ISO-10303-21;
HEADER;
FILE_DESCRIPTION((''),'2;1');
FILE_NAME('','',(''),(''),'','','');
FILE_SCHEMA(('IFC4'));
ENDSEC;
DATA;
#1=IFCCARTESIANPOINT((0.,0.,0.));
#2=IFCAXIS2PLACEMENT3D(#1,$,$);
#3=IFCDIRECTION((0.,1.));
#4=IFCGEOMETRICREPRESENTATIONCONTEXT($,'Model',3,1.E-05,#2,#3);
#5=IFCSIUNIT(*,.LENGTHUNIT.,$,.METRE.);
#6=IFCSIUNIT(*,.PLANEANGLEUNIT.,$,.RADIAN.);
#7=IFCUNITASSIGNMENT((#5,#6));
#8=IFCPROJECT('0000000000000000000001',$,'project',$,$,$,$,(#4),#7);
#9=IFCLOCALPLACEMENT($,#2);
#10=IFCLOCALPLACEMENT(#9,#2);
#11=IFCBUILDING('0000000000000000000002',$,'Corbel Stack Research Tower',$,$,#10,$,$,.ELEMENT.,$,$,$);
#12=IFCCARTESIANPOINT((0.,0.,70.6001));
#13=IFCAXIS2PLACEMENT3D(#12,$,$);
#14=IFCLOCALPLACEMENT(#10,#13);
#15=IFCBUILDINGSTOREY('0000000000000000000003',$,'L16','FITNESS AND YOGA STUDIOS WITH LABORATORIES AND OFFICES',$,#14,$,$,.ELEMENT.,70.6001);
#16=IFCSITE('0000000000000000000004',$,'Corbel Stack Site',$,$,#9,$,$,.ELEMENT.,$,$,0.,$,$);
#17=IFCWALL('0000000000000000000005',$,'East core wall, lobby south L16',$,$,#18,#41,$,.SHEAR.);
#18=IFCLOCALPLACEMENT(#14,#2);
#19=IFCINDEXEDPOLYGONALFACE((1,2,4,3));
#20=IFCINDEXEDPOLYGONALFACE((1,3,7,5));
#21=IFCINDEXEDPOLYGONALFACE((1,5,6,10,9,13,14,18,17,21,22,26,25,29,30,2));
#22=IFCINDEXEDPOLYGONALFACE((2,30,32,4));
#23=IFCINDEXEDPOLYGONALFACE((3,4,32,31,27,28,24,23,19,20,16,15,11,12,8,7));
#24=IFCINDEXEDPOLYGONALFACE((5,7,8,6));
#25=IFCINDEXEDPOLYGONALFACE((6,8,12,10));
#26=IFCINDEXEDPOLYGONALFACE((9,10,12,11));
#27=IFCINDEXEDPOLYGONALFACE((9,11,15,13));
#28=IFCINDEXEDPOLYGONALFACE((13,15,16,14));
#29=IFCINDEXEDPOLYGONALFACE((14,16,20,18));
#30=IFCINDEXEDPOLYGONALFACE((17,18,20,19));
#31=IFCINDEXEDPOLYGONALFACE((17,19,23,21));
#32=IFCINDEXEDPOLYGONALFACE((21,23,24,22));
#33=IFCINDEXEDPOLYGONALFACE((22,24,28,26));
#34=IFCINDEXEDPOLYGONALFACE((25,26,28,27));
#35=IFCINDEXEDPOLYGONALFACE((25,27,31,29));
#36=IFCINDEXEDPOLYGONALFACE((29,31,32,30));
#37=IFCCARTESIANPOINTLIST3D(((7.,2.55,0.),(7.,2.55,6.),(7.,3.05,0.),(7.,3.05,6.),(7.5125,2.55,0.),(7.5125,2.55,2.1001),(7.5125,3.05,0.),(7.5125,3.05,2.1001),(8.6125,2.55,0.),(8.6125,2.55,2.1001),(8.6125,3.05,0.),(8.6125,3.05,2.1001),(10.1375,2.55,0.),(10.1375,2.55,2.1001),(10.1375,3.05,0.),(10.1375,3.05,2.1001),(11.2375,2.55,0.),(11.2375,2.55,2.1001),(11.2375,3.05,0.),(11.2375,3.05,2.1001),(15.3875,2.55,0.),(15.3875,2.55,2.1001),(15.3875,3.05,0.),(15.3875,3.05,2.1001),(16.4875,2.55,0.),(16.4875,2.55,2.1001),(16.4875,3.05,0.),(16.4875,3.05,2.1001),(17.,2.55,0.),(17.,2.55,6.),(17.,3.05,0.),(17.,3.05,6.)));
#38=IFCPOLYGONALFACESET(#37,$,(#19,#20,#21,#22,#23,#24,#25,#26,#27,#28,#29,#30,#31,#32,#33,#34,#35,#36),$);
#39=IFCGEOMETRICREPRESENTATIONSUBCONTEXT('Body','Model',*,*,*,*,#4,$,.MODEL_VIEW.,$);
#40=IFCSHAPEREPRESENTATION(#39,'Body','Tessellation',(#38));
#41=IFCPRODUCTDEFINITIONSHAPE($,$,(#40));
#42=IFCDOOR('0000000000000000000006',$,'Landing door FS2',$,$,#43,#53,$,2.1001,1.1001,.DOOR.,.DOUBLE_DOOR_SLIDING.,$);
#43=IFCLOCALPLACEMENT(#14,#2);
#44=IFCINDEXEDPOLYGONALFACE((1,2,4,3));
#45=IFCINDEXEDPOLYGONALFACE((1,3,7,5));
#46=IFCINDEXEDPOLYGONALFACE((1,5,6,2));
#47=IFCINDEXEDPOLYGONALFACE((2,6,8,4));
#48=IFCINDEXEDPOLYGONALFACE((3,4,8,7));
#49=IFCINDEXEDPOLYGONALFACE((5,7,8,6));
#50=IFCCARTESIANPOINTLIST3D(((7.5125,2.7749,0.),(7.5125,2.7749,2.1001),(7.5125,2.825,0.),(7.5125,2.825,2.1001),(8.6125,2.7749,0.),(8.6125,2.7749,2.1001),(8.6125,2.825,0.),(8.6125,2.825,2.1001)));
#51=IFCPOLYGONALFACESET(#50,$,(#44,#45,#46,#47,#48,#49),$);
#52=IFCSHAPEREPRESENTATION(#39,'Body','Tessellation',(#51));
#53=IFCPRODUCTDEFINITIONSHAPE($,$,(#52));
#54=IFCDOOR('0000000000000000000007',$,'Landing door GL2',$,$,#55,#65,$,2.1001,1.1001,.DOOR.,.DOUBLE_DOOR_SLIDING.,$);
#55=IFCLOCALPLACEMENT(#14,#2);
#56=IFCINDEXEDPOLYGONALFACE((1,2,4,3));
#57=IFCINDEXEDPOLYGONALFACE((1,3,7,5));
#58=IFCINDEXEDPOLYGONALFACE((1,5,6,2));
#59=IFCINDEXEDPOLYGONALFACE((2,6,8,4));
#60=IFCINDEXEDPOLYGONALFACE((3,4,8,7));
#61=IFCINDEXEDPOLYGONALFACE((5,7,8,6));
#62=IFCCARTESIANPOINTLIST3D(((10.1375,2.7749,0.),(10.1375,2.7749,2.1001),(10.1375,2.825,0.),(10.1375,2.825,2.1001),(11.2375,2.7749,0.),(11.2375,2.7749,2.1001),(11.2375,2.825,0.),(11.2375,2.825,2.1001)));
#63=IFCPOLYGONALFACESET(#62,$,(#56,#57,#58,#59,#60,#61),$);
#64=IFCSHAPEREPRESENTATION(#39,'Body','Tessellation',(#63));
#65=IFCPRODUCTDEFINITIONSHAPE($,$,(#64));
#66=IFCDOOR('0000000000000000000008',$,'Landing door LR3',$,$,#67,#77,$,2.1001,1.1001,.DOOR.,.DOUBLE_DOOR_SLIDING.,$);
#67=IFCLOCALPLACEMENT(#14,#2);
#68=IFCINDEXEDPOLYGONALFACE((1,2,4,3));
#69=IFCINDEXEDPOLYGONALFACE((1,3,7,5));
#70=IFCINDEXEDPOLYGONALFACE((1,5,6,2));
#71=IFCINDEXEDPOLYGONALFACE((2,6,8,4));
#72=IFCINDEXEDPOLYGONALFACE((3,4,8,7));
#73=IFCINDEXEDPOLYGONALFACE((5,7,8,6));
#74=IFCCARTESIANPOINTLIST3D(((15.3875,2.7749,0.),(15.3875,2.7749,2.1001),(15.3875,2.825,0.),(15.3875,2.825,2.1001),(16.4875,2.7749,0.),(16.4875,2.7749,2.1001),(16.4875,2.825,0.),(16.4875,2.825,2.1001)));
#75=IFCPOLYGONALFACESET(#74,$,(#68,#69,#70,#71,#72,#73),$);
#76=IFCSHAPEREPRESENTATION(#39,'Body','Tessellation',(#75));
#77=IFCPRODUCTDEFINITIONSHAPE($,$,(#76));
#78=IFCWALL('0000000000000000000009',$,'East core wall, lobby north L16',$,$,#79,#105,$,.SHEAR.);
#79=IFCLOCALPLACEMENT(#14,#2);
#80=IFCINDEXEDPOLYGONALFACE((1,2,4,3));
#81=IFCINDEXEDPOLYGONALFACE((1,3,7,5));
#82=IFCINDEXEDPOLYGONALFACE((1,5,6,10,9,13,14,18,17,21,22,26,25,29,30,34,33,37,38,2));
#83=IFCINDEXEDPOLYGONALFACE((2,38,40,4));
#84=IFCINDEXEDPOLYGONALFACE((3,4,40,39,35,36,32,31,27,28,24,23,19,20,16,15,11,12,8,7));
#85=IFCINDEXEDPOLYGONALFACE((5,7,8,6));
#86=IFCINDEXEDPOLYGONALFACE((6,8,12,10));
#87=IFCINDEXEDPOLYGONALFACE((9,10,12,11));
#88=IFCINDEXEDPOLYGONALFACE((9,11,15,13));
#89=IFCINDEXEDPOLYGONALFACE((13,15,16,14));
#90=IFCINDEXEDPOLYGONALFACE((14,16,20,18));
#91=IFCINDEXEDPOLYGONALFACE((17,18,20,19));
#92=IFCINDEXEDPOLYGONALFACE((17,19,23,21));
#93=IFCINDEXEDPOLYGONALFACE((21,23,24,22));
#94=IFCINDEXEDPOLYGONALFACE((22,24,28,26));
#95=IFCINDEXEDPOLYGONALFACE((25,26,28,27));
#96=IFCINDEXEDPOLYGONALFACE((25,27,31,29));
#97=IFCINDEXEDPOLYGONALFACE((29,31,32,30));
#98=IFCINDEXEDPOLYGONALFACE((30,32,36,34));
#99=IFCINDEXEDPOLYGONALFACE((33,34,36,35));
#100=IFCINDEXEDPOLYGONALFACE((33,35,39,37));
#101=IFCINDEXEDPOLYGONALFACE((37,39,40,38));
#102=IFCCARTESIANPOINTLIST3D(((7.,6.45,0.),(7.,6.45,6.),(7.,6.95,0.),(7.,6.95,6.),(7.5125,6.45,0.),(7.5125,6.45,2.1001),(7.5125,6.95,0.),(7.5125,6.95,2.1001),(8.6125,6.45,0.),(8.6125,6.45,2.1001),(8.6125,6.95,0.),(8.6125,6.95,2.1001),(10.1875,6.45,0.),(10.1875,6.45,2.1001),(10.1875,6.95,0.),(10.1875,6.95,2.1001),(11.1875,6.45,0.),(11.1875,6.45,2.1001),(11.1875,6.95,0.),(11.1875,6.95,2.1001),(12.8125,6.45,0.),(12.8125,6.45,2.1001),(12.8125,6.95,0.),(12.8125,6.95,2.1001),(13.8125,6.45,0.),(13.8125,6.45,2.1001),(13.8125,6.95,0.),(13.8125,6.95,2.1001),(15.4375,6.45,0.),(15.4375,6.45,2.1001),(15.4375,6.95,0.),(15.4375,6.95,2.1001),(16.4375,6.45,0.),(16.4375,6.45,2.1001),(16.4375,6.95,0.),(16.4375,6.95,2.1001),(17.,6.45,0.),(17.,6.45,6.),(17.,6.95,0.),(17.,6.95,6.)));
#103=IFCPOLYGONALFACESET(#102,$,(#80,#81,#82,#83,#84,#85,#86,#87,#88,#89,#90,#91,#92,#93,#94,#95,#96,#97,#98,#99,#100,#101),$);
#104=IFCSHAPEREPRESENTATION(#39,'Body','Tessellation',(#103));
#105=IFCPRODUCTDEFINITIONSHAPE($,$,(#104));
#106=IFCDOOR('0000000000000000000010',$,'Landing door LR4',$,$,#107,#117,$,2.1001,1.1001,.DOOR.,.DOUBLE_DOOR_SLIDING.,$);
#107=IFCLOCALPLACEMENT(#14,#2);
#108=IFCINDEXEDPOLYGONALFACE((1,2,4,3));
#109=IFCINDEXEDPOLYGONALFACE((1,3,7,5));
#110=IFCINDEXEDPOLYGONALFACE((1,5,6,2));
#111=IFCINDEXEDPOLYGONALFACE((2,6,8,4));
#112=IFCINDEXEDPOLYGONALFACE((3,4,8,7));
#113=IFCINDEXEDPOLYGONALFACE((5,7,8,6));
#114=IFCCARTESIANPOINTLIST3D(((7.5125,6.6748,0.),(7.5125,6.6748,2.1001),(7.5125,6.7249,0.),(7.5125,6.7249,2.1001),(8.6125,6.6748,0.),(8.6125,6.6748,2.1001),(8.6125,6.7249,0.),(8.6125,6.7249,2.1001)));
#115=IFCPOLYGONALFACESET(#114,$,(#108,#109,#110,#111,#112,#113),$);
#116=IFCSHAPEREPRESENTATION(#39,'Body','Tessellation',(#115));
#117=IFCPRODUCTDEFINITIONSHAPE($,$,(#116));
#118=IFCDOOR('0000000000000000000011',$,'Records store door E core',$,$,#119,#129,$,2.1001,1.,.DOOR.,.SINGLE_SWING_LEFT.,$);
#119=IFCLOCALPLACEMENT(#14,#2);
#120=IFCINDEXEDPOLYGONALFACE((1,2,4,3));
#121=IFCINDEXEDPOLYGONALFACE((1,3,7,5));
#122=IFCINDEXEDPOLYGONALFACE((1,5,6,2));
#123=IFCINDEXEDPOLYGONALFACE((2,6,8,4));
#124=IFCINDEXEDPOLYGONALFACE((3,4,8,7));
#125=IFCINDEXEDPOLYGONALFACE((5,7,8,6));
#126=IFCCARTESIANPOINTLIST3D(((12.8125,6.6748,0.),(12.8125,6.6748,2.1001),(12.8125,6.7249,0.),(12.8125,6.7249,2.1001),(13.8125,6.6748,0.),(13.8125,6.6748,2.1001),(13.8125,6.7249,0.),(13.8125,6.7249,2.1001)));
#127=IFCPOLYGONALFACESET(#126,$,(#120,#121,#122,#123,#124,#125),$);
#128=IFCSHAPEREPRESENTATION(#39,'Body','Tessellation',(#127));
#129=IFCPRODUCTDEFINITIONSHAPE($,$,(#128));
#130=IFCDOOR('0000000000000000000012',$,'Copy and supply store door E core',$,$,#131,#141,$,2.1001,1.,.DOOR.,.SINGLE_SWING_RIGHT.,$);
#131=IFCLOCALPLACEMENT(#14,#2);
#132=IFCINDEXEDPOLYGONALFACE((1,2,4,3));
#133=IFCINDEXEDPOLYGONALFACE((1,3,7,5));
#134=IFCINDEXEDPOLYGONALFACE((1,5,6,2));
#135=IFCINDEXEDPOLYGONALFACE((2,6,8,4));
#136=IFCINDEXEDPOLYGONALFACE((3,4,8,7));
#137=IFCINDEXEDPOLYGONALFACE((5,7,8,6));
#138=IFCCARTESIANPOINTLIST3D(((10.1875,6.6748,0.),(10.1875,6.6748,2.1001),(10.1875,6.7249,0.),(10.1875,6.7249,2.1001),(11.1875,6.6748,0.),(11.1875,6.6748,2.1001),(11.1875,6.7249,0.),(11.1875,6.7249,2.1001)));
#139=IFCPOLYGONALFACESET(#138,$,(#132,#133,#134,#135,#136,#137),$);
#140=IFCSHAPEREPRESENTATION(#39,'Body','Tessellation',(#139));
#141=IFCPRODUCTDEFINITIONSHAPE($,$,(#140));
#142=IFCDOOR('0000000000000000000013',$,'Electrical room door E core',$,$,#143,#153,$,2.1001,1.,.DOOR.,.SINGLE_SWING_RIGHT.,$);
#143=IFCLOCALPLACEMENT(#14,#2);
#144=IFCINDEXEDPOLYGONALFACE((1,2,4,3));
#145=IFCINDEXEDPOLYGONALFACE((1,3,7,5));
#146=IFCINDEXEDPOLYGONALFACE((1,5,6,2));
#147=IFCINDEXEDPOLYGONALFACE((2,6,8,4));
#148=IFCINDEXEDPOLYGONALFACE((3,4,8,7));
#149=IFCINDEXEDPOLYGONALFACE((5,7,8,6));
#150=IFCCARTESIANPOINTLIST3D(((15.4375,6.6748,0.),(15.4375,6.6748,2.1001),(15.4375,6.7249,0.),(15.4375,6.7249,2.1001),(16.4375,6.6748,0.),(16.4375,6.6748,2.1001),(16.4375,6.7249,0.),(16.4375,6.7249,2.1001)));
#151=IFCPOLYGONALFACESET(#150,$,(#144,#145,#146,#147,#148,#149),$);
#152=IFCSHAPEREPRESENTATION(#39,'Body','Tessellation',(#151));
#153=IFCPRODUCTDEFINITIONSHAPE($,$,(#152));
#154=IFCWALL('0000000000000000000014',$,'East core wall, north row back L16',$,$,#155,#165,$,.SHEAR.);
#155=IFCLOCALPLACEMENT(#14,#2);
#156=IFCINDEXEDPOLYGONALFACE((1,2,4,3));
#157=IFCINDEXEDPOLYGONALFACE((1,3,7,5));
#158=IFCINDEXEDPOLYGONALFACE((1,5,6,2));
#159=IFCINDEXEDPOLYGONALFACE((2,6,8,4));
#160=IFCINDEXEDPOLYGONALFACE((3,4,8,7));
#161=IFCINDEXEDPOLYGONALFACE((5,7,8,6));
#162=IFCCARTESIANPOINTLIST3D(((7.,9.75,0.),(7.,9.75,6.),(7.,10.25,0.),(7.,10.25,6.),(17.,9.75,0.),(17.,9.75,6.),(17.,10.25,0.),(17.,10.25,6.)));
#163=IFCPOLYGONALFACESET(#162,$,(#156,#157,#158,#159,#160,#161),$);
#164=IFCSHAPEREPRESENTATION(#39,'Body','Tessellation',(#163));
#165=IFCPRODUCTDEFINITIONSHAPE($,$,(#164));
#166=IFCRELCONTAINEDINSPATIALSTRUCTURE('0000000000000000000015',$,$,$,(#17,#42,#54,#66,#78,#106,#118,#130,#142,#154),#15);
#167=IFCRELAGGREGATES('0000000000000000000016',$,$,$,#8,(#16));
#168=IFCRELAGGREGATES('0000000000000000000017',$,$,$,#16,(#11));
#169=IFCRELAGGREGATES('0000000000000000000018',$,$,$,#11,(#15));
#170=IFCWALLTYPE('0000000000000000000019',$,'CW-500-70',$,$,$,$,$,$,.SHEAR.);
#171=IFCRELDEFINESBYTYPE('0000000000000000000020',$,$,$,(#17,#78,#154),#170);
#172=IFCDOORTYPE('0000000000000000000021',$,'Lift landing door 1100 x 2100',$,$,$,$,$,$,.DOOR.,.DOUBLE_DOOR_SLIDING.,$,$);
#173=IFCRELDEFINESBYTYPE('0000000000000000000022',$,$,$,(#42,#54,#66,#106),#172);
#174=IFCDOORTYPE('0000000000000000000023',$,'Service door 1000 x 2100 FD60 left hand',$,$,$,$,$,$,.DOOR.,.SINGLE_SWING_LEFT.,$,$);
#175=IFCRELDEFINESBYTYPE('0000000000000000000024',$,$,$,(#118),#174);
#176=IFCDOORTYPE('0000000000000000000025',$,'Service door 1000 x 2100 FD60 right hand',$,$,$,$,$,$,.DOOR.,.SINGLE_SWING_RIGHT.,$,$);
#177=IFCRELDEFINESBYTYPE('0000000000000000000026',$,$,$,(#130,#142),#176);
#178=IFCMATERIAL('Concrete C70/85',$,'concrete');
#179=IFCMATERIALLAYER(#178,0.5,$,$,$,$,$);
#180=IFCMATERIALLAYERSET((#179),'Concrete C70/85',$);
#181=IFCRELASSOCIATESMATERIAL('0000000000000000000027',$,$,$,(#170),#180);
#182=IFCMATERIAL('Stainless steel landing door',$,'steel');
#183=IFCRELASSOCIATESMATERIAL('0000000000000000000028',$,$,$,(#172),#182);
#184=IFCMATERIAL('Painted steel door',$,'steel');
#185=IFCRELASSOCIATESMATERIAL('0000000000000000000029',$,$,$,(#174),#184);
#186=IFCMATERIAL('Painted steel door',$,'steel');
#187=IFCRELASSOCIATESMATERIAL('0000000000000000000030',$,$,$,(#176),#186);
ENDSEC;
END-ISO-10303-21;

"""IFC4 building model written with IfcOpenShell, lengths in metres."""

from ifc_helpers import new_model, si_unit, direction, frame, frame_2d, origin, place, context, subcontext, project, spatial, rectangle, extrude, material, layer, layer_set, type_object, element, fill, save


model = new_model("IFC4")

# Units and contexts
model_context = context("Model", 3, precision=1e-05, world=origin(), true_north=direction((0.0, 1.0)))
body_context = subcontext(model_context, "Body", "Model", "MODEL_VIEW")
ifc_project = project(units=[si_unit("LENGTHUNIT", "METRE"), si_unit("PLANEANGLEUNIT", "RADIAN")], contexts=[model_context])

# Site, building, storey
site_placement = place(None, origin())
site = spatial("IfcSite", under=ifc_project, at=site_placement, Name="Corbel Stack Site", CompositionType="ELEMENT", RefElevation=0.0)
building_placement = place(site_placement, origin())
building = spatial("IfcBuilding", under=site, at=building_placement, Name="Corbel Stack Research Tower", CompositionType="ELEMENT")
storey_placement = place(building_placement, frame((0.0, 0.0, 70.6001)))
storey = spatial("IfcBuildingStorey", under=building, at=storey_placement, Name="L16", Description="FITNESS AND YOGA STUDIOS WITH LABORATORIES AND OFFICES", CompositionType="ELEMENT", Elevation=70.6001)

# Walls, openings, doors
ifc_material_1 = material(Name="Concrete C70/85", Category="concrete")
ifc_layer_1 = layer(ifc_material_1, 0.5)
ifc_layer_set_1 = layer_set([ifc_layer_1], Name="Concrete C70/85")
wall_type_1 = type_object("IfcWallType", Name="CW-500-70", PredefinedType="SHEAR", material=ifc_layer_set_1)
wall_1_placement = place(storey_placement, frame((7.0, 2.8, 0.0), z_axis=(0.0, 0.0, 1.0), x_axis=(1.0, 0.0, 0.0)))
wall_1 = element("IfcWall", 1, at=wall_1_placement, inside=storey, type_object=wall_type_1, Name="East core wall, lobby south L16", PredefinedType="SHEAR", context=body_context, shape_type="SweptSolid", body=[
    extrude(rectangle(XDim=10.0, YDim=0.5, at=frame_2d((5.0, 0.0))), origin(), (0.0, 0.0, 1.0), 6.0),
])
opening_1_placement = place(wall_1_placement, frame((0.5125, 0.0, 0.0)))
opening_1 = element("IfcOpeningElement", 2, at=opening_1_placement, cuts=wall_1, PredefinedType="OPENING", context=body_context, shape_type="SweptSolid", body=[
    extrude(rectangle(XDim=1.1001, YDim=2.1001, at=frame_2d((0.55, 1.05))), frame((0.0, 0.26, 0.0), z_axis=(0.0, -1.0, 0.0), x_axis=(1.0, 0.0, 0.0)), (0.0, 0.0, 1.0), 0.52),
])
opening_2_placement = place(wall_1_placement, frame((3.1375, 0.0, 0.0)))
opening_2 = element("IfcOpeningElement", 3, at=opening_2_placement, cuts=wall_1, PredefinedType="OPENING", context=body_context, shape_type="SweptSolid", body=[
    extrude(rectangle(XDim=1.1001, YDim=2.1001, at=frame_2d((0.55, 1.05))), frame((0.0, 0.26, 0.0), z_axis=(0.0, -1.0, 0.0), x_axis=(1.0, 0.0, 0.0)), (0.0, 0.0, 1.0), 0.52),
])
opening_3_placement = place(wall_1_placement, frame((8.3875, 0.0, 0.0)))
opening_3 = element("IfcOpeningElement", 4, at=opening_3_placement, cuts=wall_1, PredefinedType="OPENING", context=body_context, shape_type="SweptSolid", body=[
    extrude(rectangle(XDim=1.1001, YDim=2.1001, at=frame_2d((0.55, 1.05))), frame((0.0, 0.26, 0.0), z_axis=(0.0, -1.0, 0.0), x_axis=(1.0, 0.0, 0.0)), (0.0, 0.0, 1.0), 0.52),
])
ifc_material_2 = material(Name="Stainless steel landing door", Category="steel")
door_type_1 = type_object("IfcDoorType", Name="Lift landing door 1100 x 2100", OperationType="DOUBLE_DOOR_SLIDING", PredefinedType="DOOR", material=ifc_material_2)
door_1_placement = place(opening_1_placement, origin())
door_1 = element("IfcDoor", 5, at=door_1_placement, inside=storey, type_object=door_type_1, Name="Landing door FS2", OperationType="DOUBLE_DOOR_SLIDING", OverallHeight=2.1001, OverallWidth=1.1001, PredefinedType="DOOR", context=body_context, shape_type="SweptSolid", body=[
    extrude(rectangle(XDim=1.1001, YDim=2.1001, at=frame_2d((0.55, 1.05))), frame((0.0, 0.0249, 0.0), z_axis=(0.0, -1.0, 0.0), x_axis=(1.0, 0.0, 0.0)), (0.0, 0.0, 1.0), 0.05),
])
fill(opening_1, door_1)
door_2_placement = place(opening_2_placement, origin())
door_2 = element("IfcDoor", 6, at=door_2_placement, inside=storey, type_object=door_type_1, Name="Landing door GL2", OperationType="DOUBLE_DOOR_SLIDING", OverallHeight=2.1001, OverallWidth=1.1001, PredefinedType="DOOR", context=body_context, shape_type="SweptSolid", body=[
    extrude(rectangle(XDim=1.1001, YDim=2.1001, at=frame_2d((0.55, 1.05))), frame((0.0, 0.0249, 0.0), z_axis=(0.0, -1.0, 0.0), x_axis=(1.0, 0.0, 0.0)), (0.0, 0.0, 1.0), 0.05),
])
fill(opening_2, door_2)
door_3_placement = place(opening_3_placement, origin())
door_3 = element("IfcDoor", 7, at=door_3_placement, inside=storey, type_object=door_type_1, Name="Landing door LR3", OperationType="DOUBLE_DOOR_SLIDING", OverallHeight=2.1001, OverallWidth=1.1001, PredefinedType="DOOR", context=body_context, shape_type="SweptSolid", body=[
    extrude(rectangle(XDim=1.1001, YDim=2.1001, at=frame_2d((0.55, 1.05))), frame((0.0, 0.0249, 0.0), z_axis=(0.0, -1.0, 0.0), x_axis=(1.0, 0.0, 0.0)), (0.0, 0.0, 1.0), 0.05),
])
fill(opening_3, door_3)
wall_2_placement = place(storey_placement, frame((7.0, 6.7, 0.0), z_axis=(0.0, 0.0, 1.0), x_axis=(1.0, 0.0, 0.0)))
wall_2 = element("IfcWall", 8, at=wall_2_placement, inside=storey, type_object=wall_type_1, Name="East core wall, lobby north L16", PredefinedType="SHEAR", context=body_context, shape_type="SweptSolid", body=[
    extrude(rectangle(XDim=10.0, YDim=0.5, at=frame_2d((5.0, 0.0))), origin(), (0.0, 0.0, 1.0), 6.0),
])
opening_4_placement = place(wall_2_placement, frame((0.5125, 0.0, 0.0)))
opening_4 = element("IfcOpeningElement", 9, at=opening_4_placement, cuts=wall_2, PredefinedType="OPENING", context=body_context, shape_type="SweptSolid", body=[
    extrude(rectangle(XDim=1.1001, YDim=2.1001, at=frame_2d((0.55, 1.05))), frame((0.0, 0.26, 0.0), z_axis=(0.0, -1.0, 0.0), x_axis=(1.0, 0.0, 0.0)), (0.0, 0.0, 1.0), 0.52),
])
opening_5_placement = place(wall_2_placement, frame((3.1875, 0.0, 0.0)))
opening_5 = element("IfcOpeningElement", 10, at=opening_5_placement, cuts=wall_2, PredefinedType="OPENING", context=body_context, shape_type="SweptSolid", body=[
    extrude(rectangle(XDim=1.0, YDim=2.1001, at=frame_2d((0.5, 1.05))), frame((0.0, 0.26, 0.0), z_axis=(0.0, -1.0, 0.0), x_axis=(1.0, 0.0, 0.0)), (0.0, 0.0, 1.0), 0.52),
])
opening_6_placement = place(wall_2_placement, frame((5.8125, 0.0, 0.0)))
opening_6 = element("IfcOpeningElement", 11, at=opening_6_placement, cuts=wall_2, PredefinedType="OPENING", context=body_context, shape_type="SweptSolid", body=[
    extrude(rectangle(XDim=1.0, YDim=2.1001, at=frame_2d((0.5, 1.05))), frame((0.0, 0.26, 0.0), z_axis=(0.0, -1.0, 0.0), x_axis=(1.0, 0.0, 0.0)), (0.0, 0.0, 1.0), 0.52),
])
opening_7_placement = place(wall_2_placement, frame((8.4375, 0.0, 0.0)))
opening_7 = element("IfcOpeningElement", 12, at=opening_7_placement, cuts=wall_2, PredefinedType="OPENING", context=body_context, shape_type="SweptSolid", body=[
    extrude(rectangle(XDim=1.0, YDim=2.1001, at=frame_2d((0.5, 1.05))), frame((0.0, 0.26, 0.0), z_axis=(0.0, -1.0, 0.0), x_axis=(1.0, 0.0, 0.0)), (0.0, 0.0, 1.0), 0.52),
])
door_4_placement = place(opening_4_placement, origin())
door_4 = element("IfcDoor", 13, at=door_4_placement, inside=storey, type_object=door_type_1, Name="Landing door LR4", OperationType="DOUBLE_DOOR_SLIDING", OverallHeight=2.1001, OverallWidth=1.1001, PredefinedType="DOOR", context=body_context, shape_type="SweptSolid", body=[
    extrude(rectangle(XDim=1.1001, YDim=2.1001, at=frame_2d((0.55, 1.05))), frame((0.0, 0.0249, 0.0), z_axis=(0.0, -1.0, 0.0), x_axis=(1.0, 0.0, 0.0)), (0.0, 0.0, 1.0), 0.05),
])
fill(opening_4, door_4)
ifc_material_3 = material(Name="Painted steel door", Category="steel")
door_type_2 = type_object("IfcDoorType", Name="Service door 1000 x 2100 FD60 left hand", OperationType="SINGLE_SWING_LEFT", PredefinedType="DOOR", material=ifc_material_3)
door_5_placement = place(opening_6_placement, origin())
door_5 = element("IfcDoor", 14, at=door_5_placement, inside=storey, type_object=door_type_2, Name="Records store door E core", OperationType="SINGLE_SWING_LEFT", OverallHeight=2.1001, OverallWidth=1.0, PredefinedType="DOOR", context=body_context, shape_type="SweptSolid", body=[
    extrude(rectangle(XDim=1.0, YDim=2.1001, at=frame_2d((0.5, 1.05))), frame((0.0, 0.0249, 0.0), z_axis=(0.0, -1.0, 0.0), x_axis=(1.0, 0.0, 0.0)), (0.0, 0.0, 1.0), 0.05),
])
fill(opening_6, door_5)
ifc_material_4 = material(Name="Painted steel door", Category="steel")
door_type_3 = type_object("IfcDoorType", Name="Service door 1000 x 2100 FD60 right hand", OperationType="SINGLE_SWING_RIGHT", PredefinedType="DOOR", material=ifc_material_4)
door_6_placement = place(opening_5_placement, origin())
door_6 = element("IfcDoor", 15, at=door_6_placement, inside=storey, type_object=door_type_3, Name="Copy and supply store door E core", OperationType="SINGLE_SWING_RIGHT", OverallHeight=2.1001, OverallWidth=1.0, PredefinedType="DOOR", context=body_context, shape_type="SweptSolid", body=[
    extrude(rectangle(XDim=1.0, YDim=2.1001, at=frame_2d((0.5, 1.05))), frame((0.0, 0.0249, 0.0), z_axis=(0.0, -1.0, 0.0), x_axis=(1.0, 0.0, 0.0)), (0.0, 0.0, 1.0), 0.05),
])
fill(opening_5, door_6)
door_7_placement = place(opening_7_placement, origin())
door_7 = element("IfcDoor", 16, at=door_7_placement, inside=storey, type_object=door_type_3, Name="Electrical room door E core", OperationType="SINGLE_SWING_RIGHT", OverallHeight=2.1001, OverallWidth=1.0, PredefinedType="DOOR", context=body_context, shape_type="SweptSolid", body=[
    extrude(rectangle(XDim=1.0, YDim=2.1001, at=frame_2d((0.5, 1.05))), frame((0.0, 0.0249, 0.0), z_axis=(0.0, -1.0, 0.0), x_axis=(1.0, 0.0, 0.0)), (0.0, 0.0, 1.0), 0.05),
])
fill(opening_7, door_7)

# Wall
wall_3_placement = place(storey_placement, frame((7.0, 10.0, 0.0), z_axis=(0.0, 0.0, 1.0), x_axis=(1.0, 0.0, 0.0)))
element("IfcWall", 17, at=wall_3_placement, inside=storey, type_object=wall_type_1, Name="East core wall, north row back L16", PredefinedType="SHEAR", context=body_context, shape_type="SweptSolid", body=[
    extrude(rectangle(XDim=10.0, YDim=0.5, at=frame_2d((5.0, 0.0))), origin(), (0.0, 0.0, 1.0), 6.0),
])

save(model, "model.ifc")
